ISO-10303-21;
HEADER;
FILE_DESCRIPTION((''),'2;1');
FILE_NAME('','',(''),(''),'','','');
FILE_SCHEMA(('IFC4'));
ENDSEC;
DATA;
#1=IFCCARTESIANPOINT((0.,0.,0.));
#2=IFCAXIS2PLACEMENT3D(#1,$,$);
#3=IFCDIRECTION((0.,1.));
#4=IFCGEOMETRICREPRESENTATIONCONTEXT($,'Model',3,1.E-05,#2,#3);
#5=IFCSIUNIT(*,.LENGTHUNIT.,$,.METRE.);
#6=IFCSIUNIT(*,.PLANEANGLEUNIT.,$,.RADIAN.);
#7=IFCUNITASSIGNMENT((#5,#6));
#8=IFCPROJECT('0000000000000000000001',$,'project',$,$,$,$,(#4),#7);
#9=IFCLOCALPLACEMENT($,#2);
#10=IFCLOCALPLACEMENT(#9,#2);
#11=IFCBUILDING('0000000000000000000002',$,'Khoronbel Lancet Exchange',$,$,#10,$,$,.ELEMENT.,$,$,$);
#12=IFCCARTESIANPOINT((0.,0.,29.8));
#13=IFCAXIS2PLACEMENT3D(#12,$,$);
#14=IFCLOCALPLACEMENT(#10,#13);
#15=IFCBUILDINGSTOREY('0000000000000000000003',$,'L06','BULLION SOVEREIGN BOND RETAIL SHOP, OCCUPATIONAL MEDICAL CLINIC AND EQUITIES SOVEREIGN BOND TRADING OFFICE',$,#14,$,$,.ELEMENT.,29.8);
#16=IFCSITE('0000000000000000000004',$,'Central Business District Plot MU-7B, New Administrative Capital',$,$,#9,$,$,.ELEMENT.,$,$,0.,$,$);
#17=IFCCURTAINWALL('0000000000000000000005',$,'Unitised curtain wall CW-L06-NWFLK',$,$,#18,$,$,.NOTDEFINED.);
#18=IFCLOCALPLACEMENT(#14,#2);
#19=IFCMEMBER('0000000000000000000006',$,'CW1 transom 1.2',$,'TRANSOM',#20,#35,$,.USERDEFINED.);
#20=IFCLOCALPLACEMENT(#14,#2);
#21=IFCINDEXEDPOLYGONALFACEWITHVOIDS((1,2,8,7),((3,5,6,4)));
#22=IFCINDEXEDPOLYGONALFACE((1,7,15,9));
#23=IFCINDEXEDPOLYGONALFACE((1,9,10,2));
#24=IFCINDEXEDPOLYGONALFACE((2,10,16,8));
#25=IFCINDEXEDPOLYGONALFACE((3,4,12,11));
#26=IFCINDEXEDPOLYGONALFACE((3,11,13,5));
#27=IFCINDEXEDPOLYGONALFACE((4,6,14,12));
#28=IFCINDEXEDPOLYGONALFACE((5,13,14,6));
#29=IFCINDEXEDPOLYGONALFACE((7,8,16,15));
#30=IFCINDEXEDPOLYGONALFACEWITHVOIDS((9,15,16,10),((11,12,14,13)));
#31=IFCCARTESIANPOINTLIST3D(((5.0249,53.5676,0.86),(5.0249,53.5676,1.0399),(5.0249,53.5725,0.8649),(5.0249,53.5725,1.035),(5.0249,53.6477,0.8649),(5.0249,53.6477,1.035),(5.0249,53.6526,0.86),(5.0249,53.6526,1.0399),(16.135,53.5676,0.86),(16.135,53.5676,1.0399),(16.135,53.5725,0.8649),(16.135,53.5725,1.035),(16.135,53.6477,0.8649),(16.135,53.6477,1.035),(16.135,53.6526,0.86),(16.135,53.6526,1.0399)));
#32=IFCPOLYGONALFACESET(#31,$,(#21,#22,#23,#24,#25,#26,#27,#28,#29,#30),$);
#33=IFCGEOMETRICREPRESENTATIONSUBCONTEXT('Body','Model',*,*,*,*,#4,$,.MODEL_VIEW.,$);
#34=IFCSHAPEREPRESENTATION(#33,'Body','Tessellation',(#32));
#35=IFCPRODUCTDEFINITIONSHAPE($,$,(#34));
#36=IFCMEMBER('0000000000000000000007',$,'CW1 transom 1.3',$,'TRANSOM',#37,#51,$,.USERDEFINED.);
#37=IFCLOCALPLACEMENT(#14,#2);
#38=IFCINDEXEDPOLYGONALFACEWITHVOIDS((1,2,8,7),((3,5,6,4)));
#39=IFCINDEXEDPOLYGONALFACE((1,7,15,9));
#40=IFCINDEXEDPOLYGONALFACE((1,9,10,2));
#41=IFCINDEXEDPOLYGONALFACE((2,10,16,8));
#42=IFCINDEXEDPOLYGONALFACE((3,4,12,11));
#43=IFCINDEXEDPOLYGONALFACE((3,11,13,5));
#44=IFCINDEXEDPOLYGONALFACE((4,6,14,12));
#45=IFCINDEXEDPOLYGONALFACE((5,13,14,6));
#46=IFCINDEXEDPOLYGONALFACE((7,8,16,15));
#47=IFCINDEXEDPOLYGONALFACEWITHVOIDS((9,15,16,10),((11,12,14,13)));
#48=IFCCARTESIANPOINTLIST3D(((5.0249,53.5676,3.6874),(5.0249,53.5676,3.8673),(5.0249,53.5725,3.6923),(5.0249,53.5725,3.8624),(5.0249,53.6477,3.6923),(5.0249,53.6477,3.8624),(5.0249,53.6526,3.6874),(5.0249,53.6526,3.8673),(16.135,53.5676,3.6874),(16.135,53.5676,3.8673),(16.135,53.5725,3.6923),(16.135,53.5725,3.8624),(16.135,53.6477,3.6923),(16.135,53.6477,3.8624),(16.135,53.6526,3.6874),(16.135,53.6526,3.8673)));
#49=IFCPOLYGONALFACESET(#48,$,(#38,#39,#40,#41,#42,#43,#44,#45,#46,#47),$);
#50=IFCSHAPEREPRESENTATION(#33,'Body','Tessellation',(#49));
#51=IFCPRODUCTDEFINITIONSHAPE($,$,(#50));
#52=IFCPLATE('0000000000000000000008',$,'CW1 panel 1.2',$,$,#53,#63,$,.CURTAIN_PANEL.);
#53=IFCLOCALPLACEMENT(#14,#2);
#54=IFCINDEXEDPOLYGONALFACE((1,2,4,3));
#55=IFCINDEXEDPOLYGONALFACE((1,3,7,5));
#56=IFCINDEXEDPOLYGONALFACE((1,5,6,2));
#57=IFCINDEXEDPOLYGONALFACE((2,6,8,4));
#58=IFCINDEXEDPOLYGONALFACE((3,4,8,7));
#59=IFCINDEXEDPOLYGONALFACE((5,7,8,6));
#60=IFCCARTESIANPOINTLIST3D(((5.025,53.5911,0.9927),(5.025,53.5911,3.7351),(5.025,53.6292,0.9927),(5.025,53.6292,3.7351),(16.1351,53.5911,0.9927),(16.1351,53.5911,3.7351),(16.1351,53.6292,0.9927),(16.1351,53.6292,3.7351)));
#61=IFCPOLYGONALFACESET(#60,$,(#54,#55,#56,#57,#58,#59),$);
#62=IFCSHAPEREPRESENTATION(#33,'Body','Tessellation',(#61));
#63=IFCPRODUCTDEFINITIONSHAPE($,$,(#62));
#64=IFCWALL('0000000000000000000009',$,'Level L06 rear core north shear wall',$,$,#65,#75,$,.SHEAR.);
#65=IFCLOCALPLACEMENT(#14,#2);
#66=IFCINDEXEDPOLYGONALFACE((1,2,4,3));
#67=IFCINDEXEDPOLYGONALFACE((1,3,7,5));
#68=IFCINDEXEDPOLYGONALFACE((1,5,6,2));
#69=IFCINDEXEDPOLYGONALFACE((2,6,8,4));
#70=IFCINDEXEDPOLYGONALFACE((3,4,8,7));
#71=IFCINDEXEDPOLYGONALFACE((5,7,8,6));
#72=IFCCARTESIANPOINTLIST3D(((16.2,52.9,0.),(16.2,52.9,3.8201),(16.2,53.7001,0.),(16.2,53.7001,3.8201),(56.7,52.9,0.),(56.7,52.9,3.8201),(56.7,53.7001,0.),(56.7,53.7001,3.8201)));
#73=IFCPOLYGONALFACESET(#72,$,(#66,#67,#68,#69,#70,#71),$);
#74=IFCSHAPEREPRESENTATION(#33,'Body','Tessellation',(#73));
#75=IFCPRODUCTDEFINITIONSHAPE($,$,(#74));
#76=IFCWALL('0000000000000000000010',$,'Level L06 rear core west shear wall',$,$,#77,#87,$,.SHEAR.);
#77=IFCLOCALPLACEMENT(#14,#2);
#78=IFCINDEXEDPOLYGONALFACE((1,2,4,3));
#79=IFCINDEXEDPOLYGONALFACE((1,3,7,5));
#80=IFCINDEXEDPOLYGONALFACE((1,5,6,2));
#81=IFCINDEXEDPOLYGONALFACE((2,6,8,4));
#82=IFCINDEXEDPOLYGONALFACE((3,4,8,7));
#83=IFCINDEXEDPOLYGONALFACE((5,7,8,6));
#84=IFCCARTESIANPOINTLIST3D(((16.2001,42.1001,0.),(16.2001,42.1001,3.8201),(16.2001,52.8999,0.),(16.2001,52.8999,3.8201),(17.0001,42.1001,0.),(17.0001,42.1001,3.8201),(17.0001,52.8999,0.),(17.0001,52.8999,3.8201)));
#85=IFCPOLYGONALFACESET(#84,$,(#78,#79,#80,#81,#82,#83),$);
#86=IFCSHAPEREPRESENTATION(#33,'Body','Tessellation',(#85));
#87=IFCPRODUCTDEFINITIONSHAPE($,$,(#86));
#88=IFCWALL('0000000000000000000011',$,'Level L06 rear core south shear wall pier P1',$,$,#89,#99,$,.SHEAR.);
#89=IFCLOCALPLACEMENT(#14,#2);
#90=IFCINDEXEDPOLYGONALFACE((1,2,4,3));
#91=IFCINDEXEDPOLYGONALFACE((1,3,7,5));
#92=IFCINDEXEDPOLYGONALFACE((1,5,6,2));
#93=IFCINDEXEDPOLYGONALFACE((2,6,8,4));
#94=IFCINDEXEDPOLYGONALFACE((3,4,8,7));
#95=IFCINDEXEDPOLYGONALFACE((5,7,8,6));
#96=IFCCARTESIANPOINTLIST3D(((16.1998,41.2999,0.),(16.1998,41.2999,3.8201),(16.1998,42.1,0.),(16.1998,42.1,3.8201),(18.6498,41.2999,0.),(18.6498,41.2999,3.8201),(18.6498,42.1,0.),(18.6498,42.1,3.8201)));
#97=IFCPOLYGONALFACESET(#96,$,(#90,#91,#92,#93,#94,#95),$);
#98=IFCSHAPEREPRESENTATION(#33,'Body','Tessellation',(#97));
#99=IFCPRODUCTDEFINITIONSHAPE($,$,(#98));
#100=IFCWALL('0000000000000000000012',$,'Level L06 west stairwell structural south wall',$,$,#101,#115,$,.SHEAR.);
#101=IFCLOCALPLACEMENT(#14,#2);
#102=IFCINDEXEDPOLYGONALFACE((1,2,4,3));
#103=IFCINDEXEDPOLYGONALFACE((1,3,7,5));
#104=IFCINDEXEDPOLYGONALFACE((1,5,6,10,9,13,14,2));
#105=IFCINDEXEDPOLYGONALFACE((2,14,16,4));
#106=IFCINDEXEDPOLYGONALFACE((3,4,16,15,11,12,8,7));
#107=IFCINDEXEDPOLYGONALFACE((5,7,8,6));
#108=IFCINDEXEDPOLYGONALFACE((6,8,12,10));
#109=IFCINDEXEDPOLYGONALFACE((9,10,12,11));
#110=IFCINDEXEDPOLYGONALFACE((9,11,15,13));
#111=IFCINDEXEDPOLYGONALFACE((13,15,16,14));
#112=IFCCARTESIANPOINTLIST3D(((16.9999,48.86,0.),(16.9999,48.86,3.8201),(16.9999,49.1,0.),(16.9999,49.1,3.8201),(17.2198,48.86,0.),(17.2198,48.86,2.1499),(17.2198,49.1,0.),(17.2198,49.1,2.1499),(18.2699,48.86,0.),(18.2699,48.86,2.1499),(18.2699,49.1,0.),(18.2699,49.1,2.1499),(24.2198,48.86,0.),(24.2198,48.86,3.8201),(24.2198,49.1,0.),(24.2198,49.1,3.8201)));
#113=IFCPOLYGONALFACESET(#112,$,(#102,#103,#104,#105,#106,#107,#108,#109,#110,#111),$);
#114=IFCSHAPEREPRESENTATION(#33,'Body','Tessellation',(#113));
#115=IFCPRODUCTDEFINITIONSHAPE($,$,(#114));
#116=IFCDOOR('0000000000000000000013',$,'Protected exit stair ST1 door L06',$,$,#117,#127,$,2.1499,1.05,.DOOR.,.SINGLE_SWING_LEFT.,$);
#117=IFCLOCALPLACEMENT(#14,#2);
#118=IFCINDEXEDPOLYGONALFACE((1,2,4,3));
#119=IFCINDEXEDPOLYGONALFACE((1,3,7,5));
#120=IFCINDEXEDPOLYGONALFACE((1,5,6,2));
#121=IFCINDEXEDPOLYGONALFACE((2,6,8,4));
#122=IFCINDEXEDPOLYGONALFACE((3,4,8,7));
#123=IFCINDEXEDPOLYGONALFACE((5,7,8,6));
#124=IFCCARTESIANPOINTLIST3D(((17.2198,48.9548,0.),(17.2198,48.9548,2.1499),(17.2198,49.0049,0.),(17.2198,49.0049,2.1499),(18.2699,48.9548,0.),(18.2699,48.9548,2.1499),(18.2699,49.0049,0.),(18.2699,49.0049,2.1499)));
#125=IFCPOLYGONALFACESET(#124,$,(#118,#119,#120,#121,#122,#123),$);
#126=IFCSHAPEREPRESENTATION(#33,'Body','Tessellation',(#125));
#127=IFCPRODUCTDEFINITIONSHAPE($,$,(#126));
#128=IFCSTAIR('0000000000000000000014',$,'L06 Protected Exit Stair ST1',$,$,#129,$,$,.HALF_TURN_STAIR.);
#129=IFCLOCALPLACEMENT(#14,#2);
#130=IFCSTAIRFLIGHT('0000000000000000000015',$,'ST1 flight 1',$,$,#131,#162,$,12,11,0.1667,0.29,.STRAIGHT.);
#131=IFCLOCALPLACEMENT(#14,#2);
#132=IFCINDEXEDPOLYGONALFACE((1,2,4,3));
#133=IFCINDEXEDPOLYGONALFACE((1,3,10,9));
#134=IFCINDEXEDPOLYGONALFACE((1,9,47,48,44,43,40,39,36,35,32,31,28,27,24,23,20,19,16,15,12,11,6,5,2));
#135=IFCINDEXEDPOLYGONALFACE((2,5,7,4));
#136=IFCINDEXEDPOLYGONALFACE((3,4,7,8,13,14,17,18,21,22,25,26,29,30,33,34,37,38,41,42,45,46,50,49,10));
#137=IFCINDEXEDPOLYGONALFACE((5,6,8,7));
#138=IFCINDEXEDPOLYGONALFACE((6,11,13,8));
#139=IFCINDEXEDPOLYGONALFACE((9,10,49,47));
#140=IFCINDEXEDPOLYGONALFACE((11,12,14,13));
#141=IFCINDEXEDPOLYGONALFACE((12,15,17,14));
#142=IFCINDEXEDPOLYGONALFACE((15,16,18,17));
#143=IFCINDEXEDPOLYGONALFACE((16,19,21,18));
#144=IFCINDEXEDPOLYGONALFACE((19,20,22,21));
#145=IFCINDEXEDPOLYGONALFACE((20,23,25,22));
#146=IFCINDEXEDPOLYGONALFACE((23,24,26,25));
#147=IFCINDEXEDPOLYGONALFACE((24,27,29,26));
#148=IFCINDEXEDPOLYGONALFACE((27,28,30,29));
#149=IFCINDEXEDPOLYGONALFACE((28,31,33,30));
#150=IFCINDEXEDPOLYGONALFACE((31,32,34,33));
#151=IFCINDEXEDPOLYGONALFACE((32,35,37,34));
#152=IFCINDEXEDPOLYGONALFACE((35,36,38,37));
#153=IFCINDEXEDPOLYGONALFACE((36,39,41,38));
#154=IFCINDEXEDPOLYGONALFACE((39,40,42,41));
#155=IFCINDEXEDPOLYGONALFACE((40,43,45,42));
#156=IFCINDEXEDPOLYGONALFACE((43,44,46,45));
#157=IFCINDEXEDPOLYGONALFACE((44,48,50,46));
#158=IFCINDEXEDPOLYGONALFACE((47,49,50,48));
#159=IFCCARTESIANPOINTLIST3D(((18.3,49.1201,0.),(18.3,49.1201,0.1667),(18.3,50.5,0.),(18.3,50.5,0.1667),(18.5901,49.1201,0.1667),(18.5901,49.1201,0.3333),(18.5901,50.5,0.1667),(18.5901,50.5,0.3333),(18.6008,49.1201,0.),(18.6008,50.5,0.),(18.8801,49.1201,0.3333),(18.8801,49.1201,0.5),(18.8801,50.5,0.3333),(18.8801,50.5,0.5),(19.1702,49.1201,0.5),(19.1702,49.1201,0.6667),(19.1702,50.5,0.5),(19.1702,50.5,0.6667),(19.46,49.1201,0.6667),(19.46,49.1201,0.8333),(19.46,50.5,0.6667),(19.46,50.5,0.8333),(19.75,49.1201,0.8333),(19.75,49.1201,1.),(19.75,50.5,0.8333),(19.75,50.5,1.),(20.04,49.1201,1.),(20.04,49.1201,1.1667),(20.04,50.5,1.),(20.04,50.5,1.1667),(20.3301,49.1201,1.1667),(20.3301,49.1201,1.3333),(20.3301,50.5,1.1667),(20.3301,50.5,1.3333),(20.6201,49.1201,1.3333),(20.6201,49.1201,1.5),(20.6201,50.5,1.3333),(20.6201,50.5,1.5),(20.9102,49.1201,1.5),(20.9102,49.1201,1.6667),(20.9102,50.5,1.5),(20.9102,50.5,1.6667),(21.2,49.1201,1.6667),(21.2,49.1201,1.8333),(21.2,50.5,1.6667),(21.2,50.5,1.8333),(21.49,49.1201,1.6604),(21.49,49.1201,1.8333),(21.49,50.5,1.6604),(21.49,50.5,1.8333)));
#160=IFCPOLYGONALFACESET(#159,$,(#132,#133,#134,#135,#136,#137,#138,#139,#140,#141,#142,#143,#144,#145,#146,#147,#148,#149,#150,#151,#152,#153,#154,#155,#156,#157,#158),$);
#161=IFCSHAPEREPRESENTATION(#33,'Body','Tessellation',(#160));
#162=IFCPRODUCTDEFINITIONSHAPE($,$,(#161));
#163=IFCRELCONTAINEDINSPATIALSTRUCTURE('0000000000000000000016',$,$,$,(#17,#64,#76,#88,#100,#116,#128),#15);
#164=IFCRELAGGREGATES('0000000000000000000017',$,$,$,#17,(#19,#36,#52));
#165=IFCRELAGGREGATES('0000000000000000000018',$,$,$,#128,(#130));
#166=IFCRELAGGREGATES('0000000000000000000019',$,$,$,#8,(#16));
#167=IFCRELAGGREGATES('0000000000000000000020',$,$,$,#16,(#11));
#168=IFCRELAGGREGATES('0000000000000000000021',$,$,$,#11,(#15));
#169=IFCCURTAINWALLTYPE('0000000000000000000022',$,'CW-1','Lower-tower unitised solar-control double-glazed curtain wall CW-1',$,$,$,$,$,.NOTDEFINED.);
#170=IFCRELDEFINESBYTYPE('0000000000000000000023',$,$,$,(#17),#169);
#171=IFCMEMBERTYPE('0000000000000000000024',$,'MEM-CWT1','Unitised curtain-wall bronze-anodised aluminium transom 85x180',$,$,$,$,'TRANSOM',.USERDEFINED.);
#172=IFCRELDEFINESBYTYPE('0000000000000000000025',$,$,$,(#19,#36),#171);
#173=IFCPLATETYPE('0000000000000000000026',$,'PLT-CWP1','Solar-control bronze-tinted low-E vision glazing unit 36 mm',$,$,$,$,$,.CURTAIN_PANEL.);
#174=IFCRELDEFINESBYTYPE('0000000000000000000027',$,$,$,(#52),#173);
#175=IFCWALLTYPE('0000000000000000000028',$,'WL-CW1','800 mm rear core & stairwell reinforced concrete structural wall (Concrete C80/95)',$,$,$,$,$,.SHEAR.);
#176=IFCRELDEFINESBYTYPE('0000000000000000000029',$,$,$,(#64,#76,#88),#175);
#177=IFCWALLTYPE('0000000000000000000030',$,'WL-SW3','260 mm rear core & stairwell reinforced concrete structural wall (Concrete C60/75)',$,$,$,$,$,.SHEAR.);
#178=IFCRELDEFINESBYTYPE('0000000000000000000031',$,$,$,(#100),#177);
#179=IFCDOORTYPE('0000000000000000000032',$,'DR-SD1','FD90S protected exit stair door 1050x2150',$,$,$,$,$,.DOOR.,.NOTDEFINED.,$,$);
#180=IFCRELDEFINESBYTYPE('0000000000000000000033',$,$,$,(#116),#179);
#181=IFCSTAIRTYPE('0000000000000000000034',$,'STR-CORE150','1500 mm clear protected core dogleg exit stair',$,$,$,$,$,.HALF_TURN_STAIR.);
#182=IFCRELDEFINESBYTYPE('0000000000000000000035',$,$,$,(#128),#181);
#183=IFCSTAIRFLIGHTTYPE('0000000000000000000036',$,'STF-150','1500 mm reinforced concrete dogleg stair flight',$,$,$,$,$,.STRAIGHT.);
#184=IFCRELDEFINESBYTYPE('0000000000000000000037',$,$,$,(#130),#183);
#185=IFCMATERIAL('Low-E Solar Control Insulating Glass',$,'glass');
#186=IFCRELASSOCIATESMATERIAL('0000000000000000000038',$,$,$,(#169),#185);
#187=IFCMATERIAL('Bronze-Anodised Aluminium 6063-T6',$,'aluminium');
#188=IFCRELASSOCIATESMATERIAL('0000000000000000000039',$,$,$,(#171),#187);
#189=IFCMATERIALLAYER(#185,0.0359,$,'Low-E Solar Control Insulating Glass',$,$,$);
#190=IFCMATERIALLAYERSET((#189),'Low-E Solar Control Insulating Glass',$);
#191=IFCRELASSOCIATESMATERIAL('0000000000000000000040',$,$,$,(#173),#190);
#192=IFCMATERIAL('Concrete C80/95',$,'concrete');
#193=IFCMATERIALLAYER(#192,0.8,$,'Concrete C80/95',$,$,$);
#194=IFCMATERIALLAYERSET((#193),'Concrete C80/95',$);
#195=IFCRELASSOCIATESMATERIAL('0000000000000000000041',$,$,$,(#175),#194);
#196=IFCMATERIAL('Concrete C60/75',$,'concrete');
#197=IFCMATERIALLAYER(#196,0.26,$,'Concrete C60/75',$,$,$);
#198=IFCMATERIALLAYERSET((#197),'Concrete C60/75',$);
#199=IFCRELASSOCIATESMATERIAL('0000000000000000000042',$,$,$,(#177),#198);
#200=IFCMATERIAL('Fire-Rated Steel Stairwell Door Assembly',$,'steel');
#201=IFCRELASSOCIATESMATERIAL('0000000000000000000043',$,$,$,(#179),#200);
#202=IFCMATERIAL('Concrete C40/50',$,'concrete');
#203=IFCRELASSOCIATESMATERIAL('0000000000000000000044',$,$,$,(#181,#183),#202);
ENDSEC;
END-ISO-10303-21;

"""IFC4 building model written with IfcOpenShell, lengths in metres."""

from ifc_helpers import new_model, si_unit, direction, frame, frame_2d, origin, origin_2d, place, context, subcontext, project, spatial, polyline, rectangle, hollow_rectangle, outline, extrude, material, layer, layer_set, material_profile, profile_set, type_object, element, fill, aggregate, save


model = new_model("IFC4")

# Units and contexts
model_context = context("Model", 3, precision=1e-05, world=origin(), true_north=direction((0.0, 1.0)))
body_context = subcontext(model_context, "Body", "Model", "MODEL_VIEW")
ifc_project = project(units=[si_unit("LENGTHUNIT", "METRE"), si_unit("PLANEANGLEUNIT", "RADIAN")], contexts=[model_context])

# Site, building, storey
site_placement = place(None, origin())
site = spatial("IfcSite", under=ifc_project, at=site_placement, Name="Central Business District Plot MU-7B, New Administrative Capital", CompositionType="ELEMENT", RefElevation=0.0)
building_placement = place(site_placement, origin())
building = spatial("IfcBuilding", under=site, at=building_placement, Name="Khoronbel Lancet Exchange", CompositionType="ELEMENT")
storey_placement = place(building_placement, frame((0.0, 0.0, 29.8)))
storey = spatial("IfcBuildingStorey", under=building, at=storey_placement, Name="L06", Description="BULLION SOVEREIGN BOND RETAIL SHOP, OCCUPATIONAL MEDICAL CLINIC AND EQUITIES SOVEREIGN BOND TRADING OFFICE", CompositionType="ELEMENT", Elevation=29.8)

# Curtain wall, members, plate
ifc_material_1 = material(Name="Low-E Solar Control Insulating Glass", Category="glass")
curtain_wall_type = type_object("IfcCurtainWallType", Name="CW-1", Description="Lower-tower unitised solar-control double-glazed curtain wall CW-1", PredefinedType="NOTDEFINED", material=ifc_material_1)
curtain_wall_placement = place(storey_placement, origin())
curtain_wall = element("IfcCurtainWall", 1, at=curtain_wall_placement, inside=storey, type_object=curtain_wall_type, Name="Unitised curtain wall CW-L06-NWFLK", PredefinedType="NOTDEFINED")
ifc_material_2 = material(Name="Bronze-Anodised Aluminium 6063-T6", Category="aluminium")
ifc_material_profile_1 = material_profile(ifc_material_2, hollow_rectangle(XDim=0.085, YDim=0.1799, WallThickness=0.0049, at=origin_2d()), Name="ALU TRANSOM 85x180")
ifc_profile_set_1 = profile_set([ifc_material_profile_1], Name="Bronze-Anodised Aluminium 6063-T6")
member_type_1 = type_object("IfcMemberType", Name="MEM-CWT1", Description="Unitised curtain-wall bronze-anodised aluminium transom 85x180", ElementType="TRANSOM", PredefinedType="USERDEFINED", material=ifc_profile_set_1)
member_1_placement = place(storey_placement, frame((16.135, 53.6101, 0.95), z_axis=(-1.0, 0.0, 0.0), x_axis=(0.0, -1.0, 0.0)))
member_1 = element("IfcMember", 2, at=member_1_placement, type_object=member_type_1, Name="CW1 transom 1.2", ObjectType="TRANSOM", PredefinedType="USERDEFINED", context=body_context, shape_type="SweptSolid", body=[
    extrude(hollow_rectangle(XDim=0.085, YDim=0.1799, WallThickness=0.0049, at=origin_2d()), origin(), (0.0, 0.0, 1.0), 11.1101),
])
member_2_placement = place(storey_placement, frame((16.135, 53.6101, 3.7773), z_axis=(-1.0, 0.0, 0.0), x_axis=(0.0, -1.0, 0.0)))
member_2 = element("IfcMember", 3, at=member_2_placement, type_object=member_type_1, Name="CW1 transom 1.3", ObjectType="TRANSOM", PredefinedType="USERDEFINED", context=body_context, shape_type="SweptSolid", body=[
    extrude(hollow_rectangle(XDim=0.085, YDim=0.1799, WallThickness=0.0049, at=origin_2d()), origin(), (0.0, 0.0, 1.0), 11.1101),
])
ifc_layer_1 = layer(ifc_material_1, 0.0359, Name="Low-E Solar Control Insulating Glass")
ifc_layer_set_1 = layer_set([ifc_layer_1], Name="Low-E Solar Control Insulating Glass")
plate_type = type_object("IfcPlateType", Name="PLT-CWP1", Description="Solar-control bronze-tinted low-E vision glazing unit 36 mm", PredefinedType="CURTAIN_PANEL", material=ifc_layer_set_1)
plate_placement = place(storey_placement, frame((10.5801, 53.6101, 0.9927), z_axis=(0.0, 0.0, 1.0), x_axis=(-1.0, 0.0, 0.0)))
plate = element("IfcPlate", 4, at=plate_placement, type_object=plate_type, Name="CW1 panel 1.2", PredefinedType="CURTAIN_PANEL", context=body_context, shape_type="SweptSolid", body=[
    extrude(rectangle(XDim=11.1101, YDim=0.0381, at=origin_2d()), origin(), (0.0, 0.0, 1.0), 2.7424),
])
aggregate(curtain_wall, [member_1, member_2, plate])

# Walls
ifc_material_3 = material(Name="Concrete C80/95", Category="concrete")
ifc_layer_2 = layer(ifc_material_3, 0.8, Name="Concrete C80/95")
ifc_layer_set_2 = layer_set([ifc_layer_2], Name="Concrete C80/95")
wall_type_1 = type_object("IfcWallType", Name="WL-CW1", Description="800 mm rear core & stairwell reinforced concrete structural wall (Concrete C80/95)", PredefinedType="SHEAR", material=ifc_layer_set_2)
wall_1_placement = place(storey_placement, frame((16.2, 53.3, 0.0), z_axis=(0.0, 0.0, 1.0), x_axis=(1.0, 0.0, 0.0)))
element("IfcWall", 5, at=wall_1_placement, inside=storey, type_object=wall_type_1, Name="Level L06 rear core north shear wall", PredefinedType="SHEAR", context=body_context, shape_type="SweptSolid", body=[
    extrude(rectangle(XDim=40.5, YDim=0.8, at=frame_2d((20.25, 0.0))), origin(), (0.0, 0.0, 1.0), 3.8201),
])
wall_2_placement = place(storey_placement, frame((16.6001, 42.1001, 0.0), z_axis=(0.0, 0.0, 1.0), x_axis=(0.0, 1.0, 0.0)))
element("IfcWall", 6, at=wall_2_placement, inside=storey, type_object=wall_type_1, Name="Level L06 rear core west shear wall", PredefinedType="SHEAR", context=body_context, shape_type="SweptSolid", body=[
    extrude(rectangle(XDim=10.7998, YDim=0.8, at=frame_2d((5.3999, 0.0))), origin(), (0.0, 0.0, 1.0), 3.8201),
])
wall_3_placement = place(storey_placement, frame((18.6499, 41.7, 0.0), z_axis=(0.0, 0.0, 1.0), x_axis=(-1.0, 0.0, 0.0)))
element("IfcWall", 7, at=wall_3_placement, inside=storey, type_object=wall_type_1, Name="Level L06 rear core south shear wall pier P1", PredefinedType="SHEAR", context=body_context, shape_type="SweptSolid", body=[
    extrude(rectangle(XDim=2.45, YDim=0.8, at=frame_2d((1.2251, 0.0))), origin(), (0.0, 0.0, 1.0), 3.8201),
])

# Wall, opening, door
ifc_material_4 = material(Name="Concrete C60/75", Category="concrete")
ifc_layer_3 = layer(ifc_material_4, 0.26, Name="Concrete C60/75")
ifc_layer_set_3 = layer_set([ifc_layer_3], Name="Concrete C60/75")
wall_type_2 = type_object("IfcWallType", Name="WL-SW3", Description="260 mm rear core & stairwell reinforced concrete structural wall (Concrete C60/75)", PredefinedType="SHEAR", material=ifc_layer_set_3)
wall_4_placement = place(storey_placement, frame((17.0, 48.98, 0.0), z_axis=(0.0, 0.0, 1.0), x_axis=(1.0, 0.0, 0.0)))
wall_4 = element("IfcWall", 8, at=wall_4_placement, inside=storey, type_object=wall_type_2, Name="Level L06 west stairwell structural south wall", PredefinedType="SHEAR", context=body_context, shape_type="SweptSolid", body=[
    extrude(rectangle(XDim=7.22, YDim=0.24, at=frame_2d((3.6099, 0.0))), origin(), (0.0, 0.0, 1.0), 3.8201),
])
opening_1_placement = place(wall_4_placement, frame((0.22, 0.0, 0.0)))
opening_1 = element("IfcOpeningElement", 9, at=opening_1_placement, cuts=wall_4, PredefinedType="OPENING", context=body_context, shape_type="SweptSolid", body=[
    extrude(rectangle(XDim=1.05, YDim=2.1499, at=frame_2d((0.5249, 1.075))), frame((0.0, 0.1299, 0.0), z_axis=(0.0, -1.0, 0.0), x_axis=(1.0, 0.0, 0.0)), (0.0, 0.0, 1.0), 0.26),
])
ifc_material_5 = material(Name="Fire-Rated Steel Stairwell Door Assembly", Category="steel")
door_type_1 = type_object("IfcDoorType", Name="DR-SD1", Description="FD90S protected exit stair door 1050x2150", OperationType="NOTDEFINED", PredefinedType="DOOR", material=ifc_material_5)
door_1_placement = place(opening_1_placement, origin())
door_1 = element("IfcDoor", 10, at=door_1_placement, inside=storey, type_object=door_type_1, Name="Protected exit stair ST1 door L06", OperationType="SINGLE_SWING_LEFT", OverallHeight=2.1499, OverallWidth=1.05, PredefinedType="DOOR", context=body_context, shape_type="SweptSolid", body=[
    extrude(rectangle(XDim=1.05, YDim=2.1499, at=frame_2d((0.5249, 1.075))), frame((0.0, 0.0249, 0.0), z_axis=(0.0, -1.0, 0.0), x_axis=(1.0, 0.0, 0.0)), (0.0, 0.0, 1.0), 0.05),
])
fill(opening_1, door_1)

# Stair, stair flight
ifc_material_6 = material(Name="Concrete C40/50", Category="concrete")
stair_type = type_object("IfcStairType", Name="STR-CORE150", Description="1500 mm clear protected core dogleg exit stair", PredefinedType="HALF_TURN_STAIR", material=ifc_material_6)
stair_placement = place(storey_placement, origin())
stair = element("IfcStair", 11, at=stair_placement, inside=storey, type_object=stair_type, Name="L06 Protected Exit Stair ST1", PredefinedType="HALF_TURN_STAIR")
stair_flight_type = type_object("IfcStairFlightType", Name="STF-150", Description="1500 mm reinforced concrete dogleg stair flight", PredefinedType="STRAIGHT", material=ifc_material_6)
stair_flight_placement = place(storey_placement, frame((18.3, 49.8101, 0.0), z_axis=(0.0, 0.0, 1.0), x_axis=(1.0, 0.0, 0.0)))
stair_flight = element("IfcStairFlight", 12, at=stair_flight_placement, type_object=stair_flight_type, Name="ST1 flight 1", NumberOfRisers=12, NumberOfTreads=11, PredefinedType="STRAIGHT", RiserHeight=0.1667, TreadLength=0.29, context=body_context, shape_type="SweptSolid", body=[
    extrude(outline(polyline([(0.0, 0.0), (0.0, 0.1667), (0.29, 0.1667), (0.29, 0.3333), (0.5801, 0.3333), (0.5801, 0.5), (0.8701, 0.5), (0.8701, 0.6667), (1.1599, 0.6667), (1.1599, 0.8333), (1.45, 0.8333), (1.45, 1.0), (1.74, 1.0), (1.74, 1.1667), (2.03, 1.1667), (2.03, 1.3333), (2.3201, 1.3333), (2.3201, 1.5), (2.6101, 1.5), (2.6101, 1.6667), (2.8999, 1.6667), (2.8999, 1.8333), (3.1899, 1.8333), (3.1899, 2.0), (3.1899, 1.6604), (0.3008, 0.0), (0.0, 0.0)])), frame((0.0, 0.6899, 0.0), z_axis=(0.0, -1.0, 0.0), x_axis=(1.0, 0.0, 0.0)), (0.0, 0.0, 1.0), 1.3799),
])
aggregate(stair, [stair_flight])

save(model, "model.ifc")
